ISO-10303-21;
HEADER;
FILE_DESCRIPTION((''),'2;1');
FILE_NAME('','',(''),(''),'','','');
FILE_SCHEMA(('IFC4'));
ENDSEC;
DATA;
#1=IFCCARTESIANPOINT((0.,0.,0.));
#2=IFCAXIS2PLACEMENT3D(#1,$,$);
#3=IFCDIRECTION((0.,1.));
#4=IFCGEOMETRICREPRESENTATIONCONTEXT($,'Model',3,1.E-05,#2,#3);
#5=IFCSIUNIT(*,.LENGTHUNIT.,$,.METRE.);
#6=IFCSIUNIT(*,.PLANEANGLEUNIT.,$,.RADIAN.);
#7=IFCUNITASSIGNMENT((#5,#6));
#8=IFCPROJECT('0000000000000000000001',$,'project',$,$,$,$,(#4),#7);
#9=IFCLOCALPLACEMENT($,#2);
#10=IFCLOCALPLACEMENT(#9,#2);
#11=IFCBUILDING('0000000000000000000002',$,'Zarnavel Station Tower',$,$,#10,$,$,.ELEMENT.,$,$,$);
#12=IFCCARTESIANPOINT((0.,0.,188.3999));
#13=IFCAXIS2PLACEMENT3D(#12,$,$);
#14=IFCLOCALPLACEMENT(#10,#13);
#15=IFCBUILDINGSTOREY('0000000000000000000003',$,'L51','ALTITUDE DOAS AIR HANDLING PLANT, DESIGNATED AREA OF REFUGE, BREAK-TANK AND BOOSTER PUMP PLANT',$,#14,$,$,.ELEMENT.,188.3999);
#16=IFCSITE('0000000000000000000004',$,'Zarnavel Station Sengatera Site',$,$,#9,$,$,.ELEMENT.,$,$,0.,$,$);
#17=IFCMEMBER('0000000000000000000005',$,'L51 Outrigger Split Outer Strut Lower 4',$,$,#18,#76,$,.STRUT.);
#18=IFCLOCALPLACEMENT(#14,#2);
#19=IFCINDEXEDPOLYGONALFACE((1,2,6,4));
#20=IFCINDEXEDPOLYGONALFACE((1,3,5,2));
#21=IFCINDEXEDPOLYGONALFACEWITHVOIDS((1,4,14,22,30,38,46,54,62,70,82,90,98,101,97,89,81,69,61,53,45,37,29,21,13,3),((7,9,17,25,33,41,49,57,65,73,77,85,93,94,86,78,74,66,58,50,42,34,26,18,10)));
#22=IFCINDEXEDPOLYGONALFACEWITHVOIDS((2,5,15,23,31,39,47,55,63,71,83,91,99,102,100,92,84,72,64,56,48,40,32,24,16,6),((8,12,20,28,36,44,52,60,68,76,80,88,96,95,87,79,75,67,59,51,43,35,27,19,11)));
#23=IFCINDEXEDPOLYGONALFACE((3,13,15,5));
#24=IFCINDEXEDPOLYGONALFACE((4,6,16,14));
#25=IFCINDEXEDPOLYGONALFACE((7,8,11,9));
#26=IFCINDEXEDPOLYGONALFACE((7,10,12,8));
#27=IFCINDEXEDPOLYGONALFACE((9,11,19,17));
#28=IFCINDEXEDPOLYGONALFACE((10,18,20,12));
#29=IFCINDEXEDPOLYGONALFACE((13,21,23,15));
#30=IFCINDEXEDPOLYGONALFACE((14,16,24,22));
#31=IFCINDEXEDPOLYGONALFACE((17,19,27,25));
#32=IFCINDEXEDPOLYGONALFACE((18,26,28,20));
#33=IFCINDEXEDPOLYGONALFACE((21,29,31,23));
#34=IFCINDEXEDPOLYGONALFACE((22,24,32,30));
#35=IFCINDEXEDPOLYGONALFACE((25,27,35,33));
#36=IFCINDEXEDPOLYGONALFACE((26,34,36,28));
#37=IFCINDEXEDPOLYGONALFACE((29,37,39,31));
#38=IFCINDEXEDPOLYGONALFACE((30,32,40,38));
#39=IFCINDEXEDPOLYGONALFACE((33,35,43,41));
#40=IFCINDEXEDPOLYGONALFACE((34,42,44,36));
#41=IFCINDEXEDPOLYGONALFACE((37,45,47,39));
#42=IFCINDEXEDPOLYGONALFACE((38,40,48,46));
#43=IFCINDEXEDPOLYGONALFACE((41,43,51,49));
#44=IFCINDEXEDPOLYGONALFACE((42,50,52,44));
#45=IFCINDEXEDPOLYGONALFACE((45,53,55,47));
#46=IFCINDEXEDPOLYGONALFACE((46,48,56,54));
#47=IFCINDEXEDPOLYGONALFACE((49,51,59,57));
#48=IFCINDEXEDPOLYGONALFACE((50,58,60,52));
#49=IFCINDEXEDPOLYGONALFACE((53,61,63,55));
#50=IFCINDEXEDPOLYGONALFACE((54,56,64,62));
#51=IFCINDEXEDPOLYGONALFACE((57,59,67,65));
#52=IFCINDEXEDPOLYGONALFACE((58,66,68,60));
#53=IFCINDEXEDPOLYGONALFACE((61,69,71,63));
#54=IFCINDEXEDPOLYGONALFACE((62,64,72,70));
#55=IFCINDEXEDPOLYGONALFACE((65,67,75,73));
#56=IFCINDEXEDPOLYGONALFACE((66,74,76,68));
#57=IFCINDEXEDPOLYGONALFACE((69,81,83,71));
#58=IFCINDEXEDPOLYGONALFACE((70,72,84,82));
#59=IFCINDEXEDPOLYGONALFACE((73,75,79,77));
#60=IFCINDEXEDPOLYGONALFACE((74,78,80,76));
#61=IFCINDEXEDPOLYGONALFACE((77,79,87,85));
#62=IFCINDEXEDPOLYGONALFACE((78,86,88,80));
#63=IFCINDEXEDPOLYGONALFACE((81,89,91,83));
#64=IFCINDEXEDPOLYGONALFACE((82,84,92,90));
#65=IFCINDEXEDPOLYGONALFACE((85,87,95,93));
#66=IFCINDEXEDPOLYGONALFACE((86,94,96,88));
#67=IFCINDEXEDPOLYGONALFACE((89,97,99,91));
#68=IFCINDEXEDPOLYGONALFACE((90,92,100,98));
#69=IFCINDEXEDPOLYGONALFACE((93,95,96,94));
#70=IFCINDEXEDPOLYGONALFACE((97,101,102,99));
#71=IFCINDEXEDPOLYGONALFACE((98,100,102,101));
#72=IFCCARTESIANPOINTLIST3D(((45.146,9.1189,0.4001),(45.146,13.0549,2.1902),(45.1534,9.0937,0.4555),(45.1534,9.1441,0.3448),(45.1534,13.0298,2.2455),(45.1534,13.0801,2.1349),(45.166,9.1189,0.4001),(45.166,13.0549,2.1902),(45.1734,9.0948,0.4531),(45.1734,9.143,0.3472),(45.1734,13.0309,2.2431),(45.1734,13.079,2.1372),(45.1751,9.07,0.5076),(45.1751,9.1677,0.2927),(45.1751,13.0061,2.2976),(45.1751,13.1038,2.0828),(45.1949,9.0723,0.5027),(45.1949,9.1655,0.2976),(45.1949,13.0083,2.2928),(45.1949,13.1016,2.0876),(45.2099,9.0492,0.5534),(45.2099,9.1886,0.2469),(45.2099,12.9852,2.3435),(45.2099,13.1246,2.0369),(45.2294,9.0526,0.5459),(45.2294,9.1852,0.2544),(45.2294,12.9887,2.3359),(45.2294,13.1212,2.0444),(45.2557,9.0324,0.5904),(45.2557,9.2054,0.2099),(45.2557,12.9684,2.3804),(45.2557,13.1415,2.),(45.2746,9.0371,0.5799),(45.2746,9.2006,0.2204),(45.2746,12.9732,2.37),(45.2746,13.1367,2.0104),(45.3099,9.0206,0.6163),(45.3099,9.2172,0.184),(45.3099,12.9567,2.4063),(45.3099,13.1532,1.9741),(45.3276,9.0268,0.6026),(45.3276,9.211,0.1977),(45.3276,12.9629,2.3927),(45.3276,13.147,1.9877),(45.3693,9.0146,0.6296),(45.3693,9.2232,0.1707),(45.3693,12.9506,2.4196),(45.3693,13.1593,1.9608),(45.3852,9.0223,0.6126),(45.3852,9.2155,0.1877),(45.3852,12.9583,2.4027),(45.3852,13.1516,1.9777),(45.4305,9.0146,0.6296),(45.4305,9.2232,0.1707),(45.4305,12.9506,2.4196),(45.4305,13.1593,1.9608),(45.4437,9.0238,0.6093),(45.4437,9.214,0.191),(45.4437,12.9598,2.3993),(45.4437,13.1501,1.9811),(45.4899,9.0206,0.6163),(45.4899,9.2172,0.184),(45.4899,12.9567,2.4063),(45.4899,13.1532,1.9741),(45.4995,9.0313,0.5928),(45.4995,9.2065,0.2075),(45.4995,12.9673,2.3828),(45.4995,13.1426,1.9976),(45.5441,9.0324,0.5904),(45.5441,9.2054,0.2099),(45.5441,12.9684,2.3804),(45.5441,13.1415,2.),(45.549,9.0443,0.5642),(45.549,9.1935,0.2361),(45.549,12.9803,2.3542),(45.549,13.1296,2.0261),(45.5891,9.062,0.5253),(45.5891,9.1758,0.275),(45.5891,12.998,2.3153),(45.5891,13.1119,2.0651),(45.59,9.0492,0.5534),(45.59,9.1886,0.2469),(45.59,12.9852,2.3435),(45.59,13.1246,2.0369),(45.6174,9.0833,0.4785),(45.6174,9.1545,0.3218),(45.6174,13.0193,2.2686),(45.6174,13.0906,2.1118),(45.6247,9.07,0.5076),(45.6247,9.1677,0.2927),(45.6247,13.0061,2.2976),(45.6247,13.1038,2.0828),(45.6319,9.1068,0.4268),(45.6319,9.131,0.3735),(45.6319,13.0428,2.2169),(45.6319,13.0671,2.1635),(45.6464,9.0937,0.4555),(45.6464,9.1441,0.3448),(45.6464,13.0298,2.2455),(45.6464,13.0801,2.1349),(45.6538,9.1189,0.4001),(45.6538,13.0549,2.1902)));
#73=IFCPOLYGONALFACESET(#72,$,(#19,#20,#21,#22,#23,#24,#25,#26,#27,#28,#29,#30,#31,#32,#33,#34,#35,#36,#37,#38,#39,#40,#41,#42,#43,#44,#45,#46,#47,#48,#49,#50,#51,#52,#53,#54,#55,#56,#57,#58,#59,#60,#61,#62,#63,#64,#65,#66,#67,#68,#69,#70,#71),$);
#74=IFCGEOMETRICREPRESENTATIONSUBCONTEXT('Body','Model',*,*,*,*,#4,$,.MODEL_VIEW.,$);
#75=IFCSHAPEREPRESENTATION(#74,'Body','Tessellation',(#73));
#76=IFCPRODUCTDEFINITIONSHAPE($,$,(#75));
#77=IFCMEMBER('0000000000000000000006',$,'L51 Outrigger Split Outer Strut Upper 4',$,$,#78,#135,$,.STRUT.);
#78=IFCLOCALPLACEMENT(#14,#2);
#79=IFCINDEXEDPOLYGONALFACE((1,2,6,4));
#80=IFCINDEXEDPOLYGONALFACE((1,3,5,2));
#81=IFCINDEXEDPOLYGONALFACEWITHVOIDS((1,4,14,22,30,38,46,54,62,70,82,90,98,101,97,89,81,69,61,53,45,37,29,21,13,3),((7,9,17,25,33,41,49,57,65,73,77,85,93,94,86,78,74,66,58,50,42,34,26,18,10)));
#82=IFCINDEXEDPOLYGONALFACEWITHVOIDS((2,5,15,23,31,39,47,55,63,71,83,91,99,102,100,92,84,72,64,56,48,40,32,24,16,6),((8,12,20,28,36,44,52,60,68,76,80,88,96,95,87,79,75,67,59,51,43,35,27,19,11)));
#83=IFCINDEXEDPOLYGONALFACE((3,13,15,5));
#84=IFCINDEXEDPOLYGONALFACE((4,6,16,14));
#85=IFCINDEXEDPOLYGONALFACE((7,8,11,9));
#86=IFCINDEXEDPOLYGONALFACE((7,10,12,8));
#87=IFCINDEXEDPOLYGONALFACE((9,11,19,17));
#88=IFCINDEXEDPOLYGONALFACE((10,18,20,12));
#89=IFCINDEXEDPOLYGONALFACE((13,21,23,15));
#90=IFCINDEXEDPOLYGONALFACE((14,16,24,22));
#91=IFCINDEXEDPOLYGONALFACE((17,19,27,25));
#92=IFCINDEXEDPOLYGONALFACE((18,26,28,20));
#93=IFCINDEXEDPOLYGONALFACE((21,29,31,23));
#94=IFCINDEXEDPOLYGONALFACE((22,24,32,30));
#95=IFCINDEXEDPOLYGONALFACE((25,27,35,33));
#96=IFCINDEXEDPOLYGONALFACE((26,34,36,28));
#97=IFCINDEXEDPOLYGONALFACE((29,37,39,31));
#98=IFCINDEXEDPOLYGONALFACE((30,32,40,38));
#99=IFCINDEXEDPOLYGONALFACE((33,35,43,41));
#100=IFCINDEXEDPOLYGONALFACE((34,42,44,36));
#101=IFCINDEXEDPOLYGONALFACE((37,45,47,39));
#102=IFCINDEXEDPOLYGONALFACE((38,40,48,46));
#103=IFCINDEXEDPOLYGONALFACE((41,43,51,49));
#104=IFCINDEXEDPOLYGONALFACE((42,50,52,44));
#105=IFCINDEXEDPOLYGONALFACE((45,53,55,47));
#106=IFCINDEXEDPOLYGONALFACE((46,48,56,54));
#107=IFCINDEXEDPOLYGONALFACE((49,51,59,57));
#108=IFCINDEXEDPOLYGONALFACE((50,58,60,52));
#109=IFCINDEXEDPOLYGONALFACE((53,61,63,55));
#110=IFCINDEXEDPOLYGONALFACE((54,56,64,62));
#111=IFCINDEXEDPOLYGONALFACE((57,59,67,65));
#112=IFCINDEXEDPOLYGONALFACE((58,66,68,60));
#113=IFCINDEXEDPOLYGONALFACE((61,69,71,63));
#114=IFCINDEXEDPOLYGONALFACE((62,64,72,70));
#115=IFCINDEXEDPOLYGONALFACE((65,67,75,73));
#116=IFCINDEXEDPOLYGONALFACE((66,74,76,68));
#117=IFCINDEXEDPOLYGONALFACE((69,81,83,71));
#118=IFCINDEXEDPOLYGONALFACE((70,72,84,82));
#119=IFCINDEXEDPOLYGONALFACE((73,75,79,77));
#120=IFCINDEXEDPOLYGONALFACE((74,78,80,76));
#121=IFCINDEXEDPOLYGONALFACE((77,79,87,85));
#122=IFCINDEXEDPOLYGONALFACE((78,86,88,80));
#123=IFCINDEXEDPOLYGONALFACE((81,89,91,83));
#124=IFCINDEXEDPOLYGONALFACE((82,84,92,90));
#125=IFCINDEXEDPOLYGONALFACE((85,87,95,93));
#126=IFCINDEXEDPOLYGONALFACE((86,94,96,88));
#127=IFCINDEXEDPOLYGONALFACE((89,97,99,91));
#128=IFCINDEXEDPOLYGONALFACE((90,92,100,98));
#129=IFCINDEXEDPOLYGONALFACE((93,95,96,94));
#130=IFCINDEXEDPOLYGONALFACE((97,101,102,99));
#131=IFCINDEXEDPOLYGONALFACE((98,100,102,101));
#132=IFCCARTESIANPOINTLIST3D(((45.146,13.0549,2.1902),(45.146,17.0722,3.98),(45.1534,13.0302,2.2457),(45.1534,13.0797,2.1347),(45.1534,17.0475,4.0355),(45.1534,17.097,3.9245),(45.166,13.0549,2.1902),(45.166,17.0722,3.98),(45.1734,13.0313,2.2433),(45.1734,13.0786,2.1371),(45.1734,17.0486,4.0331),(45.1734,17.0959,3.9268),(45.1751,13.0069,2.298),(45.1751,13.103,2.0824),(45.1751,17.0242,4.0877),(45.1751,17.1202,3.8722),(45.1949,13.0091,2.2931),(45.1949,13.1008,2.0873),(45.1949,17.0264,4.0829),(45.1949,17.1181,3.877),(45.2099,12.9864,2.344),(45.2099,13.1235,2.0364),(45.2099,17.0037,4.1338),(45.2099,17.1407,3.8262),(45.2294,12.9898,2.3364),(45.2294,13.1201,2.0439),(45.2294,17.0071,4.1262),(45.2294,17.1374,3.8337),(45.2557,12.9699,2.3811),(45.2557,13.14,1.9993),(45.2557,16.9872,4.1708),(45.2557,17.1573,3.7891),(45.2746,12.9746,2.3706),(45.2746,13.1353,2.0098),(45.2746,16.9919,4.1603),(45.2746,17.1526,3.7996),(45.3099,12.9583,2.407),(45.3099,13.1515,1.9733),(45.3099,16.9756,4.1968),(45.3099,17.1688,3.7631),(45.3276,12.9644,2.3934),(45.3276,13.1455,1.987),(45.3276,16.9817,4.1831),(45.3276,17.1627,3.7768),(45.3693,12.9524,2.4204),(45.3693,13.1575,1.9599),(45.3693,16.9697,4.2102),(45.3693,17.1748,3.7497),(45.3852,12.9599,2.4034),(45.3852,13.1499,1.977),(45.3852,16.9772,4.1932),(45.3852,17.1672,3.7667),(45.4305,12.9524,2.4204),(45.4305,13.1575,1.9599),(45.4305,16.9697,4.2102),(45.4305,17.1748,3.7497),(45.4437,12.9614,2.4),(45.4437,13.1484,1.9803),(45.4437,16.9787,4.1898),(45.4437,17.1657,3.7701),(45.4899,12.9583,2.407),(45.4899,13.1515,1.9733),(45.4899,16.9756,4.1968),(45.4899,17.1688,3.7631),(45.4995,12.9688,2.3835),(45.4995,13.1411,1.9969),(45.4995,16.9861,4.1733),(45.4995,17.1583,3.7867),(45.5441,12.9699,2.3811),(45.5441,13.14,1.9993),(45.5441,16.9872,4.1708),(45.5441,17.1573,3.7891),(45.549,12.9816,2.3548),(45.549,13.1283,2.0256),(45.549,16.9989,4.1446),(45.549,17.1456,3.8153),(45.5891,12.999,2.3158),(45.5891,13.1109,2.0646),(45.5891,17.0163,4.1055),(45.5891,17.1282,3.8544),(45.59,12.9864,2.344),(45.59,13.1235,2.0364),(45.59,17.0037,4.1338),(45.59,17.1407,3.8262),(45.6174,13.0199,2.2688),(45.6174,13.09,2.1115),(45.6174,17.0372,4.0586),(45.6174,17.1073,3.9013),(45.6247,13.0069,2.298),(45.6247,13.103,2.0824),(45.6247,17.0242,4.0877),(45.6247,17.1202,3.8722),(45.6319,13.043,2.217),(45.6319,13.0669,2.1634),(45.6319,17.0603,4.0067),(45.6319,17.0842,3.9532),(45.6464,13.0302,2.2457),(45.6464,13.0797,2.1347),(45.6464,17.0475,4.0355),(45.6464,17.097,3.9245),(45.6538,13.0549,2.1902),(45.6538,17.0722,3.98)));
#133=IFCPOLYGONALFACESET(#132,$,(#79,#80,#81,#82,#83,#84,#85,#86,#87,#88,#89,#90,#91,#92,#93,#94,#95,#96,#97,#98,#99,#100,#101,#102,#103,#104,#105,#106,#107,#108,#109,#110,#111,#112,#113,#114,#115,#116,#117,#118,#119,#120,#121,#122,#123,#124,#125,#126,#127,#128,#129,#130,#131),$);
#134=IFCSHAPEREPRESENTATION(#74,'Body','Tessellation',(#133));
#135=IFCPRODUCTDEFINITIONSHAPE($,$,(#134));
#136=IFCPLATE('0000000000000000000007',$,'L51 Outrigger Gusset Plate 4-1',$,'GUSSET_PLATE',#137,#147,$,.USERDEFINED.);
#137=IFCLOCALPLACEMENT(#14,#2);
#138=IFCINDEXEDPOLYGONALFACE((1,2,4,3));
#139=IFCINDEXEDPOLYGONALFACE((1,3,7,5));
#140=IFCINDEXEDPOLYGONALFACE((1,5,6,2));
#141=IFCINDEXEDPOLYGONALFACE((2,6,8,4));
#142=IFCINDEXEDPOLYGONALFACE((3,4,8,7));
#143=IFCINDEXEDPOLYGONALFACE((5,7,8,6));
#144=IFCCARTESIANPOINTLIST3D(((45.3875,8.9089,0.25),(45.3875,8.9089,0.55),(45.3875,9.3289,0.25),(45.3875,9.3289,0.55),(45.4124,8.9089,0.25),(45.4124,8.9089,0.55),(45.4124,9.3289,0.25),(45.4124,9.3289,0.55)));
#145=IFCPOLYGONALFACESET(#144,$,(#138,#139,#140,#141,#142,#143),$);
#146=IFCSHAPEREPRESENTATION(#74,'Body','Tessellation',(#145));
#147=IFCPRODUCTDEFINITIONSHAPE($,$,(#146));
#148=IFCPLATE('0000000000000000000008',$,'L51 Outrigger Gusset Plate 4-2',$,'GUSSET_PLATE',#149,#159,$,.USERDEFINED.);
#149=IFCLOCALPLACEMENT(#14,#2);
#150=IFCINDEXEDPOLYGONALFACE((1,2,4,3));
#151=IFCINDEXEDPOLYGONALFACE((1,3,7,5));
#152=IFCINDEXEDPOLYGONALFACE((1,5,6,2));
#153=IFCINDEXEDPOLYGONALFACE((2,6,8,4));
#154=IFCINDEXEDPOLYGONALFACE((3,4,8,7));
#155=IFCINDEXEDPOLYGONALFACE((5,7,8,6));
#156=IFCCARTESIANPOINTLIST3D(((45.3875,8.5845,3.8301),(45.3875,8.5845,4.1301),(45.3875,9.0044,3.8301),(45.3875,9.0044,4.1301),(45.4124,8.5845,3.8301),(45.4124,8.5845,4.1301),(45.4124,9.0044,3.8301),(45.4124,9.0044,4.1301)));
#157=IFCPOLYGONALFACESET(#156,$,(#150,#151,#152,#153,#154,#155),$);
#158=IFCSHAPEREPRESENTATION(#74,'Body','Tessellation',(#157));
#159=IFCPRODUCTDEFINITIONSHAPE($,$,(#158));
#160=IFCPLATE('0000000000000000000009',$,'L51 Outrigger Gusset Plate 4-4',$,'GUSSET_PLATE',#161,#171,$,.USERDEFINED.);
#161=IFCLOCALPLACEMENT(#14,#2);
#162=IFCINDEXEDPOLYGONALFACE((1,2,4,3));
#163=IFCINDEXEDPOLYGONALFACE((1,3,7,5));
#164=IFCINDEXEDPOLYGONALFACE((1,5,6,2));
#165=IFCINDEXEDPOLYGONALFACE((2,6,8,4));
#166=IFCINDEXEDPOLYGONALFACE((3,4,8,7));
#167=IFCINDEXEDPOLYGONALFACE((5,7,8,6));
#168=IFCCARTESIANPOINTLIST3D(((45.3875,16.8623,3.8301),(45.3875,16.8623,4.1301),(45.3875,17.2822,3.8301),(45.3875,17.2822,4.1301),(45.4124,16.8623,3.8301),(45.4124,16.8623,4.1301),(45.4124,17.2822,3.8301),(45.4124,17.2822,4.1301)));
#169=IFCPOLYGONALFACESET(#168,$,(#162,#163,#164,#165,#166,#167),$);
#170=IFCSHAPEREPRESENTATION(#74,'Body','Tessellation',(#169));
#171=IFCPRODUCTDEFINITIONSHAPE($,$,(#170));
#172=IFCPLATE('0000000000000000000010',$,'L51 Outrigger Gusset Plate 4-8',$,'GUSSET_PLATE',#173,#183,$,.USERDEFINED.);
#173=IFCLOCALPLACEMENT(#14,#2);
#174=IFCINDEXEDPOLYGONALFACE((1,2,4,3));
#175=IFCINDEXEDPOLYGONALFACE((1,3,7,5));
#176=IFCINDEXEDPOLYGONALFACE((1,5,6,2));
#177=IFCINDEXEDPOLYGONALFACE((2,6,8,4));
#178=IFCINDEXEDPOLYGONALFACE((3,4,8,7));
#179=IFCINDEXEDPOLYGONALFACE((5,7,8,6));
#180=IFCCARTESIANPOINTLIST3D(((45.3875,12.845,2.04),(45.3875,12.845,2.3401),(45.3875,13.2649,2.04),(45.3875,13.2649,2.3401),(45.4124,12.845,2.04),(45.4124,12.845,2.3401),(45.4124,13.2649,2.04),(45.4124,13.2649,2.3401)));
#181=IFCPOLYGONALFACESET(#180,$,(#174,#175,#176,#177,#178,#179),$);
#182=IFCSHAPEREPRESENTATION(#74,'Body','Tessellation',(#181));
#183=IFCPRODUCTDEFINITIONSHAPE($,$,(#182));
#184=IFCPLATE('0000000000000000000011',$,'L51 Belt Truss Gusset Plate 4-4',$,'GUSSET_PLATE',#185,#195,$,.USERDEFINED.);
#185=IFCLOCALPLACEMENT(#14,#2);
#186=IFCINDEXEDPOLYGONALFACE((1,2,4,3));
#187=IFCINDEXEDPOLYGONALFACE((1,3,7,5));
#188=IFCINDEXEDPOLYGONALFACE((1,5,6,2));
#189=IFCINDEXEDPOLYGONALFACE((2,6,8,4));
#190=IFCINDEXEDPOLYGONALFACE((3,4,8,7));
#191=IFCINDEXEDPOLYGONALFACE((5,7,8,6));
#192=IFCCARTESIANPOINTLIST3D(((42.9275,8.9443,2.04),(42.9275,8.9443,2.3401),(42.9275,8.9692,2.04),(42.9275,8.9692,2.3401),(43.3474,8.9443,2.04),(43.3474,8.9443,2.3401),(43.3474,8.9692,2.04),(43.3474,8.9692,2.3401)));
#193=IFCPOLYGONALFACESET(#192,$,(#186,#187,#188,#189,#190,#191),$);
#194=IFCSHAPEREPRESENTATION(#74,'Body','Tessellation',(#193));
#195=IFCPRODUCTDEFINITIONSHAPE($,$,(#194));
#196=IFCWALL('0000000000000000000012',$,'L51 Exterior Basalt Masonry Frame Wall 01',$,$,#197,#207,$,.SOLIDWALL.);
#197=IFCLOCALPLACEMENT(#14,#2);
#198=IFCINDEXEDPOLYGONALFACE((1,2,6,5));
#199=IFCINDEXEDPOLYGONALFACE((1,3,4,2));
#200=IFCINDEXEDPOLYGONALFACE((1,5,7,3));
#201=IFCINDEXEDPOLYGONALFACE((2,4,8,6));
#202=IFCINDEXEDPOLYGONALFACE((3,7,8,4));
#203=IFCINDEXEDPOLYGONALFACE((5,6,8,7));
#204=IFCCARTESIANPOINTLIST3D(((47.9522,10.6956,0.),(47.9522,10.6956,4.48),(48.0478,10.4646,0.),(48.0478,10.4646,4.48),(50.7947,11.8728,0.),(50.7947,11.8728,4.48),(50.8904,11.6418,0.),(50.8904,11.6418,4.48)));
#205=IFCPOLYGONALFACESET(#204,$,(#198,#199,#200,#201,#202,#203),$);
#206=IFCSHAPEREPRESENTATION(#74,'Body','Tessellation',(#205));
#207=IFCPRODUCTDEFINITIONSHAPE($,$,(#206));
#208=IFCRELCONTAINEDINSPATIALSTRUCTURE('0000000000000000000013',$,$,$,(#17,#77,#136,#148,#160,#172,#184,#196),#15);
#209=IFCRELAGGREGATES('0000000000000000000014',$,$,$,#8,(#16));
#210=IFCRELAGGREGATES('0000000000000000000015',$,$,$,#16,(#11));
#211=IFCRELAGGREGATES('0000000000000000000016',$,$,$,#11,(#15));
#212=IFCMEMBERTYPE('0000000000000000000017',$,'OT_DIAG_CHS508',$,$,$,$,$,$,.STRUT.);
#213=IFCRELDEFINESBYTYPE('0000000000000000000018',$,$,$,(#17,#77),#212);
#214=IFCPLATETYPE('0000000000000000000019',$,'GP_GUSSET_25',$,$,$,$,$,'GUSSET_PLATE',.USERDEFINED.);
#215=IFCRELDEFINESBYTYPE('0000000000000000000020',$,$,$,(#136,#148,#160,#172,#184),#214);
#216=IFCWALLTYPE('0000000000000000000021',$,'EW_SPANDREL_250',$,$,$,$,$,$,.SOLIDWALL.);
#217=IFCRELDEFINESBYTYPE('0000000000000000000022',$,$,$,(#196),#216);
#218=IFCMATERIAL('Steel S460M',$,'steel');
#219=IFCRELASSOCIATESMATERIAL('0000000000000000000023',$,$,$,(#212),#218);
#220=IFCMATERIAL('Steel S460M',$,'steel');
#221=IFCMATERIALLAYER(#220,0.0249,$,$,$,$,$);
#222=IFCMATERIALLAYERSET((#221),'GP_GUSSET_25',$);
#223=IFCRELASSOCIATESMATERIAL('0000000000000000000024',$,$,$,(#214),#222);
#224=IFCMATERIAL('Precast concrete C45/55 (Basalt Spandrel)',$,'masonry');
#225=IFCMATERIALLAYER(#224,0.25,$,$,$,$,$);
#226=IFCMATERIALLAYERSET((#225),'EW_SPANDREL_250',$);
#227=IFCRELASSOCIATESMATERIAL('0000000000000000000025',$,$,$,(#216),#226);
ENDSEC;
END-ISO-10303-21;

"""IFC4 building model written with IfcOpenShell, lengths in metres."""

from ifc_helpers import new_model, si_unit, direction, frame, frame_2d, origin, origin_2d, place, context, subcontext, project, spatial, rectangle, hollow_circle, extrude, material, layer, layer_set, material_profile, profile_set, type_object, element, save


model = new_model("IFC4")

# Units and contexts
model_context = context("Model", 3, precision=1e-05, world=origin(), true_north=direction((0.0, 1.0)))
body_context = subcontext(model_context, "Body", "Model", "MODEL_VIEW")
ifc_project = project(units=[si_unit("LENGTHUNIT", "METRE"), si_unit("PLANEANGLEUNIT", "RADIAN")], contexts=[model_context])

# Site, building, storey
site_placement = place(None, origin())
site = spatial("IfcSite", under=ifc_project, at=site_placement, Name="Zarnavel Station Sengatera Site", CompositionType="ELEMENT", RefElevation=0.0)
building_placement = place(site_placement, origin())
building = spatial("IfcBuilding", under=site, at=building_placement, Name="Zarnavel Station Tower", CompositionType="ELEMENT")
storey_placement = place(building_placement, frame((0.0, 0.0, 188.3999)))
storey = spatial("IfcBuildingStorey", under=building, at=storey_placement, Name="L51", Description="ALTITUDE DOAS AIR HANDLING PLANT, DESIGNATED AREA OF REFUGE, BREAK-TANK AND BOOSTER PUMP PLANT", CompositionType="ELEMENT", Elevation=188.3999)

# Members
ifc_material_1 = material(Name="Steel S460M", Category="steel")
ifc_material_profile_1 = material_profile(ifc_material_1, hollow_circle(Radius=0.2539, WallThickness=0.02, at=origin_2d()), Name="CHS508x20")
ifc_profile_set_1 = profile_set([ifc_material_profile_1], Name="Steel S460M")
member_type_1 = type_object("IfcMemberType", Name="OT_DIAG_CHS508", PredefinedType="STRUT", material=ifc_profile_set_1)
member_1_placement = place(storey_placement, frame((45.3999, 9.1189, 0.4001), z_axis=(0.0, 0.910285, 0.413982), x_axis=(-1.0, 0.0, 0.0)))
element("IfcMember", 1, at=member_1_placement, inside=storey, type_object=member_type_1, Name="L51 Outrigger Split Outer Strut Lower 4", PredefinedType="STRUT", context=body_context, shape_type="SweptSolid", body=[
    extrude(hollow_circle(Radius=0.2539, WallThickness=0.02, at=origin_2d()), origin(), (0.0, 0.0, 1.0), 4.324),
])
member_2_placement = place(storey_placement, frame((45.3999, 13.0549, 2.1902), z_axis=(0.0, 0.913447, 0.406957), x_axis=(-1.0, 0.0, 0.0)))
element("IfcMember", 2, at=member_2_placement, inside=storey, type_object=member_type_1, Name="L51 Outrigger Split Outer Strut Upper 4", PredefinedType="STRUT", context=body_context, shape_type="SweptSolid", body=[
    extrude(hollow_circle(Radius=0.2539, WallThickness=0.02, at=origin_2d()), origin(), (0.0, 0.0, 1.0), 4.3979),
])

# Plates
ifc_material_2 = material(Name="Steel S460M", Category="steel")
ifc_layer_1 = layer(ifc_material_2, 0.0249)
ifc_layer_set_1 = layer_set([ifc_layer_1], Name="GP_GUSSET_25")
plate_type = type_object("IfcPlateType", Name="GP_GUSSET_25", ElementType="GUSSET_PLATE", PredefinedType="USERDEFINED", material=ifc_layer_set_1)
for number, where, z_axis, x_axis, name in (
    (3, (45.3999, 9.1189, 0.25), (0.0, 0.0, 1.0), (1.0, 0.0, 0.0), "L51 Outrigger Gusset Plate 4-1"),
    (4, (45.3999, 8.7944, 3.8301), (0.0, 0.0, 1.0), (1.0, 0.0, 0.0), "L51 Outrigger Gusset Plate 4-2"),
    (5, (45.3999, 17.0723, 3.8301), (0.0, 0.0, 1.0), (1.0, 0.0, 0.0), "L51 Outrigger Gusset Plate 4-4"),
    (6, (45.3999, 13.0549, 2.04), (0.0, 0.0, 1.0), (1.0, 0.0, 0.0), "L51 Outrigger Gusset Plate 4-8"),
):
    element("IfcPlate", number, at=place(storey_placement, frame(where, z_axis=z_axis, x_axis=x_axis)), inside=storey, type_object=plate_type, Name=name, ObjectType="GUSSET_PLATE", PredefinedType="USERDEFINED", context=body_context, shape_type="SweptSolid", body=[
        extrude(rectangle(XDim=0.0249, YDim=0.4199, at=origin_2d()), origin(), (0.0, 0.0, 1.0), 0.3),
    ])
plate_placement = place(storey_placement, frame((43.1375, 8.9568, 2.04), z_axis=(0.0, 0.0, 1.0), x_axis=(1.0, 0.0, 0.0)))
element("IfcPlate", 7, at=plate_placement, inside=storey, type_object=plate_type, Name="L51 Belt Truss Gusset Plate 4-4", ObjectType="GUSSET_PLATE", PredefinedType="USERDEFINED", context=body_context, shape_type="SweptSolid", body=[
    extrude(rectangle(XDim=0.4199, YDim=0.0249, at=origin_2d()), origin(), (0.0, 0.0, 1.0), 0.3),
])

# Wall
ifc_material_3 = material(Name="Precast concrete C45/55 (Basalt Spandrel)", Category="masonry")
ifc_layer_2 = layer(ifc_material_3, 0.25)
ifc_layer_set_2 = layer_set([ifc_layer_2], Name="EW_SPANDREL_250")
wall_type_1 = type_object("IfcWallType", Name="EW_SPANDREL_250", PredefinedType="SOLIDWALL", material=ifc_layer_set_2)
wall_1_placement = place(storey_placement, frame((50.8425, 11.7573, 0.0), z_axis=(0.0, 0.0, 1.0), x_axis=(-0.923899, -0.382637, 0.0)))
element("IfcWall", 8, at=wall_1_placement, inside=storey, type_object=wall_type_1, Name="L51 Exterior Basalt Masonry Frame Wall 01", PredefinedType="SOLIDWALL", context=body_context, shape_type="SweptSolid", body=[
    extrude(rectangle(XDim=3.0767, YDim=0.25, at=frame_2d((1.5383, 0.0))), origin(), (0.0, 0.0, 1.0), 4.48),
])

save(model, "model.ifc")
